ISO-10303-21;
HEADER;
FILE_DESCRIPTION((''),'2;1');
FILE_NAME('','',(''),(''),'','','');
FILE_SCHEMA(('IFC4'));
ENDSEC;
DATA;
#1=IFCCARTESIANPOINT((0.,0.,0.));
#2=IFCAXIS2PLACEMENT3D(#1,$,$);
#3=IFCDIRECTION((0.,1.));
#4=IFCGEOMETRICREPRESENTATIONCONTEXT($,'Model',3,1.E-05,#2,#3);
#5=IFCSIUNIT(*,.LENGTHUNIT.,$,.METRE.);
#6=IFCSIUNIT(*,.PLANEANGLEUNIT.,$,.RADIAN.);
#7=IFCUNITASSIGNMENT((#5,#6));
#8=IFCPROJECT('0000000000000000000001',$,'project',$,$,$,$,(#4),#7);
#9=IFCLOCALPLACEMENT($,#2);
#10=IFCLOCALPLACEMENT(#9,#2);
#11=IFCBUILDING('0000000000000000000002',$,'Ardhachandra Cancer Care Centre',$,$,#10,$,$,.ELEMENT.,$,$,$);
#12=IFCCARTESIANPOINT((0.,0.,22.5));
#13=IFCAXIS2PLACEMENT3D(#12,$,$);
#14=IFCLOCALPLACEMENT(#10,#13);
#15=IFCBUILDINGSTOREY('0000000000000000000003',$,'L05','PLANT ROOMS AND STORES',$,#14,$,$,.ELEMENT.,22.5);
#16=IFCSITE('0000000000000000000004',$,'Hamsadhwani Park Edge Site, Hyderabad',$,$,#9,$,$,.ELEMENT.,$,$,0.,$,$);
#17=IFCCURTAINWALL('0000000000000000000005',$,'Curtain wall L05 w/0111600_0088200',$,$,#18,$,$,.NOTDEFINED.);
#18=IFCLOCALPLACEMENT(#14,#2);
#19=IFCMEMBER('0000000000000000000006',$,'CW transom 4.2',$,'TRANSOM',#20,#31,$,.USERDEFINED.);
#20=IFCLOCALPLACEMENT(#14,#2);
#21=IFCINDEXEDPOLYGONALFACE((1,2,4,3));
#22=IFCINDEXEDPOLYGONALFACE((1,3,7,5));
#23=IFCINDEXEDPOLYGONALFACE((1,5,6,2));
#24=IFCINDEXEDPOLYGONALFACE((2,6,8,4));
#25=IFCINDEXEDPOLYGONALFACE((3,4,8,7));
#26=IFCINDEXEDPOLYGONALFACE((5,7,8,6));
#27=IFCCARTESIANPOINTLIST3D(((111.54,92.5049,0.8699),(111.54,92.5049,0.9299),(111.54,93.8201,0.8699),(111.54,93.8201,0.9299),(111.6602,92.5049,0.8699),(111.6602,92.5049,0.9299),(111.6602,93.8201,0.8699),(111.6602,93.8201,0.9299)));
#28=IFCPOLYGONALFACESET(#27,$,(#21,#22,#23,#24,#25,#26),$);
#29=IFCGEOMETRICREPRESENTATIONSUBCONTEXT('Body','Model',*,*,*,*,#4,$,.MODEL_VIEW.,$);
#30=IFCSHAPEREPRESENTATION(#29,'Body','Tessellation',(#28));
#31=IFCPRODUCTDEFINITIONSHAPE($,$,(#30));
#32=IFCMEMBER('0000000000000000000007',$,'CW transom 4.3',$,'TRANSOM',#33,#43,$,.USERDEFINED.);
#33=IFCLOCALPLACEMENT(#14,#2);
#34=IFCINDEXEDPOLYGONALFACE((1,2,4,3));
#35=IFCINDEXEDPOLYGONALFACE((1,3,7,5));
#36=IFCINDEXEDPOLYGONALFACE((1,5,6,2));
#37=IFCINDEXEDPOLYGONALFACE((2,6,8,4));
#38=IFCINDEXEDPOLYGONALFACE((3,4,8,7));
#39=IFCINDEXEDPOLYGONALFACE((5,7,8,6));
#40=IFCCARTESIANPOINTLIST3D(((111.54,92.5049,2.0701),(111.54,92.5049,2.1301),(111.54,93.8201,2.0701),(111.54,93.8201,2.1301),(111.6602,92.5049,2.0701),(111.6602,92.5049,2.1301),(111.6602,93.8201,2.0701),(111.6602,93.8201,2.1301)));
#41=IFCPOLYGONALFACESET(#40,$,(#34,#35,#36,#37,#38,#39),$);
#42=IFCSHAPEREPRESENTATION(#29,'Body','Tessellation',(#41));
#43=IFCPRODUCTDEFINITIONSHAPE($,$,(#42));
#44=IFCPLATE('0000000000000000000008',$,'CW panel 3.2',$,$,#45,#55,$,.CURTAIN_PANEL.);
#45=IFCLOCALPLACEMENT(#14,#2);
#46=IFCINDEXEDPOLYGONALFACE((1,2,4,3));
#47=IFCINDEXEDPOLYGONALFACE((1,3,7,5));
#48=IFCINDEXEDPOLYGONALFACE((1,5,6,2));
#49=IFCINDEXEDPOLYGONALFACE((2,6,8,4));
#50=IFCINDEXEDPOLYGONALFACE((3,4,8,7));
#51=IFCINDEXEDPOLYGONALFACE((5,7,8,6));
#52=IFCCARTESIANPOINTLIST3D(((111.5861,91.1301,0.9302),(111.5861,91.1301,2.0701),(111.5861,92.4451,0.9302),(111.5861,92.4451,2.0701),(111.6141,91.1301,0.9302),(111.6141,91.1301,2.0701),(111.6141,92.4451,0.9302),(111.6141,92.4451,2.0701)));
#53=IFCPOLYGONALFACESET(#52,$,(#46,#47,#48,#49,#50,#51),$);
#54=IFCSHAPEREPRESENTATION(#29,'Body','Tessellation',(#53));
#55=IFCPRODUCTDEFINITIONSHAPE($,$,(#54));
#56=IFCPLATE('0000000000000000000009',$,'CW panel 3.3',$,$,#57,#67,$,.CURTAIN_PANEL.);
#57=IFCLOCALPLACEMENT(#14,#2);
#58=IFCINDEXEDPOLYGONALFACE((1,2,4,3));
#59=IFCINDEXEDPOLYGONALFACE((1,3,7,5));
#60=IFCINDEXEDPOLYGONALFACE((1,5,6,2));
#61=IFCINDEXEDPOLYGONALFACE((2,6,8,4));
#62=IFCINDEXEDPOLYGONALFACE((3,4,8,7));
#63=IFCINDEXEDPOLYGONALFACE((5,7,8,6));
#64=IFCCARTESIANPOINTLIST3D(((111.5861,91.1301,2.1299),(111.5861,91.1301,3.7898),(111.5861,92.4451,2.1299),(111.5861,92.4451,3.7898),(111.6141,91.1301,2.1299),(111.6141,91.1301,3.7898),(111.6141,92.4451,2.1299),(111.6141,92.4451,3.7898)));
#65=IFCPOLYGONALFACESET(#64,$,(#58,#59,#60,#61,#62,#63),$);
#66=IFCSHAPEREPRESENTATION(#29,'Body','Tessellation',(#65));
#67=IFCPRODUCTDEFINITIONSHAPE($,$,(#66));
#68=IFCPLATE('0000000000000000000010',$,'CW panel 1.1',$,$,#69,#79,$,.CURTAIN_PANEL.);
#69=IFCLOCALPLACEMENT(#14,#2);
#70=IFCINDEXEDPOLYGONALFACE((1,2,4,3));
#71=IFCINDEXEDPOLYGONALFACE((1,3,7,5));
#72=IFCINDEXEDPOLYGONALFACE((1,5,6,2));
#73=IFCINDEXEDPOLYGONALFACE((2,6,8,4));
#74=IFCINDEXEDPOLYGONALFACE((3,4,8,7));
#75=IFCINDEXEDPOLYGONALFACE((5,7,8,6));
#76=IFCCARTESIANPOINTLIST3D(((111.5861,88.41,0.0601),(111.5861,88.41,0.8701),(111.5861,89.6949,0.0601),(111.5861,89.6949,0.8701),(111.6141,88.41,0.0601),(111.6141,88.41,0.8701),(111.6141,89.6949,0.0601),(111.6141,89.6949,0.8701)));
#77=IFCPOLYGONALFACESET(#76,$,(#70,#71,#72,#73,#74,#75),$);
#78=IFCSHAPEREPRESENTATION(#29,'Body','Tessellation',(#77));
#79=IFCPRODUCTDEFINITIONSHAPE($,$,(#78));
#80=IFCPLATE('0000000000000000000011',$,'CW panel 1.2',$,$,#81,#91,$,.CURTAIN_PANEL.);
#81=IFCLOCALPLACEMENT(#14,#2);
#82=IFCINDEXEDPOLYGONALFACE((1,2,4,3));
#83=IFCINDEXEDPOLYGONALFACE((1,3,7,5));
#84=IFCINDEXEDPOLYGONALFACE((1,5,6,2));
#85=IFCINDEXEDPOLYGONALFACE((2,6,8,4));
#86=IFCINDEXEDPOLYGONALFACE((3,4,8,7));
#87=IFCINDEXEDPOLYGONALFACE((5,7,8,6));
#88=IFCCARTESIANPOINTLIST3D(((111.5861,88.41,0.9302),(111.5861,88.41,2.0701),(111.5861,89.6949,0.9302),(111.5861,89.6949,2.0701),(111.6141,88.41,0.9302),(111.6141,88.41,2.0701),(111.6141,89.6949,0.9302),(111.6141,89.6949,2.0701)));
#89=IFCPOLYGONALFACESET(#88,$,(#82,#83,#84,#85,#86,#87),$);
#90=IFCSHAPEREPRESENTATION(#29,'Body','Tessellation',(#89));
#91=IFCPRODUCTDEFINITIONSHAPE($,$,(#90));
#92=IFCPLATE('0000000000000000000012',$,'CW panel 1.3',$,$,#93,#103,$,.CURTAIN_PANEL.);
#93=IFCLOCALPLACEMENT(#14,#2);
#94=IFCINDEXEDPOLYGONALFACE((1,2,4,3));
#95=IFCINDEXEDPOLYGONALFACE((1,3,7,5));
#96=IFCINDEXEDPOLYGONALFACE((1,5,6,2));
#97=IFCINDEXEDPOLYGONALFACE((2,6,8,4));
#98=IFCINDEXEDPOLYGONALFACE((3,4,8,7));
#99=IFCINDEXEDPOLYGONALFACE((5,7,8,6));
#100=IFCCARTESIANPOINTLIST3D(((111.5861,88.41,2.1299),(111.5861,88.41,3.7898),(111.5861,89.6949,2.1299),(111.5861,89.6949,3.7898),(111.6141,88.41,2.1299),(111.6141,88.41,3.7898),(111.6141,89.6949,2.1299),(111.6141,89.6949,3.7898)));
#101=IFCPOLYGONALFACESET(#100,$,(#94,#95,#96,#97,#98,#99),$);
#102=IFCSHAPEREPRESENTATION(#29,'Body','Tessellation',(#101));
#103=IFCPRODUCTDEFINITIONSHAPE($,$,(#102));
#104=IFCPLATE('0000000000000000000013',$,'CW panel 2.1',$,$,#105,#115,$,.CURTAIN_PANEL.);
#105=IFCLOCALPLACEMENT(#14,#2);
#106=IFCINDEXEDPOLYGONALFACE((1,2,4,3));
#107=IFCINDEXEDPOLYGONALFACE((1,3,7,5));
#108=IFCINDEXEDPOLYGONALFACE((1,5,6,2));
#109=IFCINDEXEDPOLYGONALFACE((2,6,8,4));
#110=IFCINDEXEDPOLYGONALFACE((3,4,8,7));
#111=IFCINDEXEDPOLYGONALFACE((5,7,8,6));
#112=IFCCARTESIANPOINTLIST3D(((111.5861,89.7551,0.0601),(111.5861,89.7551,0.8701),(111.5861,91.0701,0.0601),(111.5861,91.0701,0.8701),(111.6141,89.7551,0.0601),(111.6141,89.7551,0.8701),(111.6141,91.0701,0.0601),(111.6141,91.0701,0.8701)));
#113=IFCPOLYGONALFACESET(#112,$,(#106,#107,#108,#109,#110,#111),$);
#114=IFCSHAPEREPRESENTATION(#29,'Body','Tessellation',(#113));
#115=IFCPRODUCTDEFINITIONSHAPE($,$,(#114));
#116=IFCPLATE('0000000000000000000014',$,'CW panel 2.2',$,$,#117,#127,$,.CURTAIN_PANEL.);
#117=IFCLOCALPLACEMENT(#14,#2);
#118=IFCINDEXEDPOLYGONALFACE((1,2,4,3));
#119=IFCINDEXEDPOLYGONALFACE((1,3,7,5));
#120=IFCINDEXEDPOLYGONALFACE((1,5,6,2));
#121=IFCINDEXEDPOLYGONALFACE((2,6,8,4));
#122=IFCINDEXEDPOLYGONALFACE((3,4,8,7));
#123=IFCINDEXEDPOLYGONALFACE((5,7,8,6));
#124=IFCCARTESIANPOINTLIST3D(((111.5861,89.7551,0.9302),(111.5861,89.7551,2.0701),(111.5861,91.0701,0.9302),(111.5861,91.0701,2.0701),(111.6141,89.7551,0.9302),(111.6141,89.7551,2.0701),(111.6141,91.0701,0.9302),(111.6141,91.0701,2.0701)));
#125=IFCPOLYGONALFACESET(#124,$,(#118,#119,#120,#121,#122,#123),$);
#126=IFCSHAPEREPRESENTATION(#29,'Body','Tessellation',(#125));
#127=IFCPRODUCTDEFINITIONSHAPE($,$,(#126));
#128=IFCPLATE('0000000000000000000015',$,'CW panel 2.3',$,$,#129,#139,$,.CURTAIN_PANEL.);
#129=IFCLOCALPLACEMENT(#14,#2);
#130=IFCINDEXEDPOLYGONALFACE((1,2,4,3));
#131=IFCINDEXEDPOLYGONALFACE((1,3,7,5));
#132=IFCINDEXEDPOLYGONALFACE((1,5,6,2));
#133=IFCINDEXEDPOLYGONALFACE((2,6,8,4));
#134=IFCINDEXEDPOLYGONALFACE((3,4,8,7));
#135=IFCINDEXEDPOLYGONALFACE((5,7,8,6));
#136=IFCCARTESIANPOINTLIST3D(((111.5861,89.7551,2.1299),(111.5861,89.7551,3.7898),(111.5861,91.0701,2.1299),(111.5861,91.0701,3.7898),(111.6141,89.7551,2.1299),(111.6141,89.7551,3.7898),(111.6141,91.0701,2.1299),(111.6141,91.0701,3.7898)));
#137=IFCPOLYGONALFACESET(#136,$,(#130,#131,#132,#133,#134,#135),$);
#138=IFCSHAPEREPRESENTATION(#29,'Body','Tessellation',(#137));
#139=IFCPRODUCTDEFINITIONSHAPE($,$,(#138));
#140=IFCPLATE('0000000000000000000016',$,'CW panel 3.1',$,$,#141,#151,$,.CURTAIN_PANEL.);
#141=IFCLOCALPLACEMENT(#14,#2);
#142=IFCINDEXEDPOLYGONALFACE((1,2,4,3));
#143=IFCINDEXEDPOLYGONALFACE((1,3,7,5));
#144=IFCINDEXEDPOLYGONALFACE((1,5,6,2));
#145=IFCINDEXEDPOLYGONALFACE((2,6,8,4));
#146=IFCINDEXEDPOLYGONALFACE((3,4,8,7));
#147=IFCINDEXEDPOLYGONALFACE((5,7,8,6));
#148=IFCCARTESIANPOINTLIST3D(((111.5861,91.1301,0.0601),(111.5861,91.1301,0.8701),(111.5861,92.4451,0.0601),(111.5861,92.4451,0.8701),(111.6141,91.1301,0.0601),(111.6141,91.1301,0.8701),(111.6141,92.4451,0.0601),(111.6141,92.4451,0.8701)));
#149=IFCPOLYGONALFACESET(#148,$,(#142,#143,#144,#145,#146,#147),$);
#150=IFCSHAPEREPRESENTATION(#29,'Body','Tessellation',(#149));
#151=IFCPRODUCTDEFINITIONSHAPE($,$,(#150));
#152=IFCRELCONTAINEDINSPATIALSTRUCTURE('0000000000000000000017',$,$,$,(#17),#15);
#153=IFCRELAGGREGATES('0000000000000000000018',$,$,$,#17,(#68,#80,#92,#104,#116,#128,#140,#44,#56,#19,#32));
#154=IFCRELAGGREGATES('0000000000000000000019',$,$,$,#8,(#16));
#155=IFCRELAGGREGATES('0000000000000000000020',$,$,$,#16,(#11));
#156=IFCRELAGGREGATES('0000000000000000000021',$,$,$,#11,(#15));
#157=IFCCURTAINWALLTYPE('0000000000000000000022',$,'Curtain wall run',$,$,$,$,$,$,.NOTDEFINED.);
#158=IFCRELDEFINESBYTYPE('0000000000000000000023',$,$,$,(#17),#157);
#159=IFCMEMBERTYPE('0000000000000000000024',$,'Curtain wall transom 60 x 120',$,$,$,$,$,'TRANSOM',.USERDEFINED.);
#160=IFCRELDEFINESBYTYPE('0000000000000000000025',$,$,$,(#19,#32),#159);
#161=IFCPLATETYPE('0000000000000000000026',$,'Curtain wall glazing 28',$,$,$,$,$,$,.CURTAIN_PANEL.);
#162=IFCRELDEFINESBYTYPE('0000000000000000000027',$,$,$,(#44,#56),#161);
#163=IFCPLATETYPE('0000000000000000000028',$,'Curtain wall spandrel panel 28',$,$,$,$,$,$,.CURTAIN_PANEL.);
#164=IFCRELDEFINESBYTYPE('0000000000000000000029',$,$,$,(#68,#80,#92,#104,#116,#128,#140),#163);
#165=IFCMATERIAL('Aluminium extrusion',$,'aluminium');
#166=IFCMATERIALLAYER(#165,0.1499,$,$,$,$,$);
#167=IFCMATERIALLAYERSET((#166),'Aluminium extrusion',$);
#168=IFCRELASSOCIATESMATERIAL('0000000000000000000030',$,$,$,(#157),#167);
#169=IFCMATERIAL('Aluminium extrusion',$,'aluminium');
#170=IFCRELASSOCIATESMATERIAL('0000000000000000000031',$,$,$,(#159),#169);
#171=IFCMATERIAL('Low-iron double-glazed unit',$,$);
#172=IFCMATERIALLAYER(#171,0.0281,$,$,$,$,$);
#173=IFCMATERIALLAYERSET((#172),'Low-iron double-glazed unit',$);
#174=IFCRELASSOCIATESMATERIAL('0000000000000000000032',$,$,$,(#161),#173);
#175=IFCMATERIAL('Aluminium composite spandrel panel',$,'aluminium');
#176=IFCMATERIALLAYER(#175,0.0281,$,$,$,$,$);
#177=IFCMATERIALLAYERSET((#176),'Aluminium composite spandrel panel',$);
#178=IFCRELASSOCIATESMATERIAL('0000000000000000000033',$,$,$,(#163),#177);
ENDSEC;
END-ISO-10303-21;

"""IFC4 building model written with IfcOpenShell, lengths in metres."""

from ifc_helpers import new_model, si_unit, direction, frame, origin, origin_2d, place, context, subcontext, project, spatial, rectangle, extrude, material, layer, layer_set, material_profile, profile_set, type_object, element, aggregate, save


model = new_model("IFC4")

# Units and contexts
model_context = context("Model", 3, precision=1e-05, world=origin(), true_north=direction((0.0, 1.0)))
body_context = subcontext(model_context, "Body", "Model", "MODEL_VIEW")
ifc_project = project(units=[si_unit("LENGTHUNIT", "METRE"), si_unit("PLANEANGLEUNIT", "RADIAN")], contexts=[model_context])

# Site, building, storey
site_placement = place(None, origin())
site = spatial("IfcSite", under=ifc_project, at=site_placement, Name="Hamsadhwani Park Edge Site, Hyderabad", CompositionType="ELEMENT", RefElevation=0.0)
building_placement = place(site_placement, origin())
building = spatial("IfcBuilding", under=site, at=building_placement, Name="Ardhachandra Cancer Care Centre", CompositionType="ELEMENT")
storey_placement = place(building_placement, frame((0.0, 0.0, 22.5)))
storey = spatial("IfcBuildingStorey", under=building, at=storey_placement, Name="L05", Description="PLANT ROOMS AND STORES", CompositionType="ELEMENT", Elevation=22.5)

# Curtain wall, members, plates
ifc_material_1 = material(Name="Aluminium extrusion", Category="aluminium")
ifc_layer_1 = layer(ifc_material_1, 0.1499)
ifc_layer_set_1 = layer_set([ifc_layer_1], Name="Aluminium extrusion")
curtain_wall_type = type_object("IfcCurtainWallType", Name="Curtain wall run", PredefinedType="NOTDEFINED", material=ifc_layer_set_1)
curtain_wall_placement = place(storey_placement, origin())
curtain_wall = element("IfcCurtainWall", 1, at=curtain_wall_placement, inside=storey, type_object=curtain_wall_type, Name="Curtain wall L05 w/0111600_0088200", PredefinedType="NOTDEFINED")
ifc_material_2 = material(Name="Aluminium extrusion", Category="aluminium")
ifc_material_profile_1 = material_profile(ifc_material_2, rectangle(XDim=0.1201, YDim=0.0601, at=origin_2d()), Name="Curtain wall transom 60 x 120")
ifc_profile_set_1 = profile_set([ifc_material_profile_1], Name="Aluminium extrusion")
member_type_1 = type_object("IfcMemberType", Name="Curtain wall transom 60 x 120", ElementType="TRANSOM", PredefinedType="USERDEFINED", material=ifc_profile_set_1)
member_1_placement = place(storey_placement, frame((111.6001, 92.5049, 0.8999), z_axis=(0.0, 1.0, 0.0), x_axis=(-1.0, 0.0, 0.0)))
member_1 = element("IfcMember", 2, at=member_1_placement, type_object=member_type_1, Name="CW transom 4.2", ObjectType="TRANSOM", PredefinedType="USERDEFINED", context=body_context, shape_type="SweptSolid", body=[
    extrude(rectangle(XDim=0.1201, YDim=0.0601, at=origin_2d()), origin(), (0.0, 0.0, 1.0), 1.3152),
])
member_2_placement = place(storey_placement, frame((111.6001, 92.5049, 2.1001), z_axis=(0.0, 1.0, 0.0), x_axis=(-1.0, 0.0, 0.0)))
member_2 = element("IfcMember", 3, at=member_2_placement, type_object=member_type_1, Name="CW transom 4.3", ObjectType="TRANSOM", PredefinedType="USERDEFINED", context=body_context, shape_type="SweptSolid", body=[
    extrude(rectangle(XDim=0.1201, YDim=0.0601, at=origin_2d()), origin(), (0.0, 0.0, 1.0), 1.3152),
])
ifc_material_3 = material(Name="Low-iron double-glazed unit")
ifc_layer_2 = layer(ifc_material_3, 0.0281)
ifc_layer_set_2 = layer_set([ifc_layer_2], Name="Low-iron double-glazed unit")
plate_type_1 = type_object("IfcPlateType", Name="Curtain wall glazing 28", PredefinedType="CURTAIN_PANEL", material=ifc_layer_set_2)
plate_1_placement = place(storey_placement, frame((111.6001, 91.7876, 0.9302), z_axis=(0.0, 0.0, 1.0), x_axis=(0.0, 1.0, 0.0)))
plate_1 = element("IfcPlate", 4, at=plate_1_placement, type_object=plate_type_1, Name="CW panel 3.2", PredefinedType="CURTAIN_PANEL", context=body_context, shape_type="SweptSolid", body=[
    extrude(rectangle(XDim=1.3149, YDim=0.0281, at=origin_2d()), origin(), (0.0, 0.0, 1.0), 1.1399),
])
plate_2_placement = place(storey_placement, frame((111.6001, 91.7876, 2.1299), z_axis=(0.0, 0.0, 1.0), x_axis=(0.0, 1.0, 0.0)))
plate_2 = element("IfcPlate", 5, at=plate_2_placement, type_object=plate_type_1, Name="CW panel 3.3", PredefinedType="CURTAIN_PANEL", context=body_context, shape_type="SweptSolid", body=[
    extrude(rectangle(XDim=1.3149, YDim=0.0281, at=origin_2d()), origin(), (0.0, 0.0, 1.0), 1.6599),
])
ifc_material_4 = material(Name="Aluminium composite spandrel panel", Category="aluminium")
ifc_layer_3 = layer(ifc_material_4, 0.0281)
ifc_layer_set_3 = layer_set([ifc_layer_3], Name="Aluminium composite spandrel panel")
plate_type_2 = type_object("IfcPlateType", Name="Curtain wall spandrel panel 28", PredefinedType="CURTAIN_PANEL", material=ifc_layer_set_3)
plate_3_placement = place(storey_placement, frame((111.6001, 89.0525, 0.0601), z_axis=(0.0, 0.0, 1.0), x_axis=(0.0, 1.0, 0.0)))
plate_3 = element("IfcPlate", 6, at=plate_3_placement, type_object=plate_type_2, Name="CW panel 1.1", PredefinedType="CURTAIN_PANEL", context=body_context, shape_type="SweptSolid", body=[
    extrude(rectangle(XDim=1.2849, YDim=0.0281, at=origin_2d()), origin(), (0.0, 0.0, 1.0), 0.8101),
])
plate_4_placement = place(storey_placement, frame((111.6001, 89.0525, 0.9302), z_axis=(0.0, 0.0, 1.0), x_axis=(0.0, 1.0, 0.0)))
plate_4 = element("IfcPlate", 7, at=plate_4_placement, type_object=plate_type_2, Name="CW panel 1.2", PredefinedType="CURTAIN_PANEL", context=body_context, shape_type="SweptSolid", body=[
    extrude(rectangle(XDim=1.2849, YDim=0.0281, at=origin_2d()), origin(), (0.0, 0.0, 1.0), 1.1399),
])
plate_5_placement = place(storey_placement, frame((111.6001, 89.0525, 2.1299), z_axis=(0.0, 0.0, 1.0), x_axis=(0.0, 1.0, 0.0)))
plate_5 = element("IfcPlate", 8, at=plate_5_placement, type_object=plate_type_2, Name="CW panel 1.3", PredefinedType="CURTAIN_PANEL", context=body_context, shape_type="SweptSolid", body=[
    extrude(rectangle(XDim=1.2849, YDim=0.0281, at=origin_2d()), origin(), (0.0, 0.0, 1.0), 1.6599),
])
plate_6_placement = place(storey_placement, frame((111.6001, 90.4126, 0.0601), z_axis=(0.0, 0.0, 1.0), x_axis=(0.0, 1.0, 0.0)))
plate_6 = element("IfcPlate", 9, at=plate_6_placement, type_object=plate_type_2, Name="CW panel 2.1", PredefinedType="CURTAIN_PANEL", context=body_context, shape_type="SweptSolid", body=[
    extrude(rectangle(XDim=1.3149, YDim=0.0281, at=origin_2d()), origin(), (0.0, 0.0, 1.0), 0.8101),
])
plate_7_placement = place(storey_placement, frame((111.6001, 90.4126, 0.9302), z_axis=(0.0, 0.0, 1.0), x_axis=(0.0, 1.0, 0.0)))
plate_7 = element("IfcPlate", 10, at=plate_7_placement, type_object=plate_type_2, Name="CW panel 2.2", PredefinedType="CURTAIN_PANEL", context=body_context, shape_type="SweptSolid", body=[
    extrude(rectangle(XDim=1.3149, YDim=0.0281, at=origin_2d()), origin(), (0.0, 0.0, 1.0), 1.1399),
])
plate_8_placement = place(storey_placement, frame((111.6001, 90.4126, 2.1299), z_axis=(0.0, 0.0, 1.0), x_axis=(0.0, 1.0, 0.0)))
plate_8 = element("IfcPlate", 11, at=plate_8_placement, type_object=plate_type_2, Name="CW panel 2.3", PredefinedType="CURTAIN_PANEL", context=body_context, shape_type="SweptSolid", body=[
    extrude(rectangle(XDim=1.3149, YDim=0.0281, at=origin_2d()), origin(), (0.0, 0.0, 1.0), 1.6599),
])
plate_9_placement = place(storey_placement, frame((111.6001, 91.7876, 0.0601), z_axis=(0.0, 0.0, 1.0), x_axis=(0.0, 1.0, 0.0)))
plate_9 = element("IfcPlate", 12, at=plate_9_placement, type_object=plate_type_2, Name="CW panel 3.1", PredefinedType="CURTAIN_PANEL", context=body_context, shape_type="SweptSolid", body=[
    extrude(rectangle(XDim=1.3149, YDim=0.0281, at=origin_2d()), origin(), (0.0, 0.0, 1.0), 0.8101),
])
aggregate(curtain_wall, [plate_3, plate_4, plate_5, plate_6, plate_7, plate_8, plate_9, plate_1, plate_2, member_1, member_2])

save(model, "model.ifc")
